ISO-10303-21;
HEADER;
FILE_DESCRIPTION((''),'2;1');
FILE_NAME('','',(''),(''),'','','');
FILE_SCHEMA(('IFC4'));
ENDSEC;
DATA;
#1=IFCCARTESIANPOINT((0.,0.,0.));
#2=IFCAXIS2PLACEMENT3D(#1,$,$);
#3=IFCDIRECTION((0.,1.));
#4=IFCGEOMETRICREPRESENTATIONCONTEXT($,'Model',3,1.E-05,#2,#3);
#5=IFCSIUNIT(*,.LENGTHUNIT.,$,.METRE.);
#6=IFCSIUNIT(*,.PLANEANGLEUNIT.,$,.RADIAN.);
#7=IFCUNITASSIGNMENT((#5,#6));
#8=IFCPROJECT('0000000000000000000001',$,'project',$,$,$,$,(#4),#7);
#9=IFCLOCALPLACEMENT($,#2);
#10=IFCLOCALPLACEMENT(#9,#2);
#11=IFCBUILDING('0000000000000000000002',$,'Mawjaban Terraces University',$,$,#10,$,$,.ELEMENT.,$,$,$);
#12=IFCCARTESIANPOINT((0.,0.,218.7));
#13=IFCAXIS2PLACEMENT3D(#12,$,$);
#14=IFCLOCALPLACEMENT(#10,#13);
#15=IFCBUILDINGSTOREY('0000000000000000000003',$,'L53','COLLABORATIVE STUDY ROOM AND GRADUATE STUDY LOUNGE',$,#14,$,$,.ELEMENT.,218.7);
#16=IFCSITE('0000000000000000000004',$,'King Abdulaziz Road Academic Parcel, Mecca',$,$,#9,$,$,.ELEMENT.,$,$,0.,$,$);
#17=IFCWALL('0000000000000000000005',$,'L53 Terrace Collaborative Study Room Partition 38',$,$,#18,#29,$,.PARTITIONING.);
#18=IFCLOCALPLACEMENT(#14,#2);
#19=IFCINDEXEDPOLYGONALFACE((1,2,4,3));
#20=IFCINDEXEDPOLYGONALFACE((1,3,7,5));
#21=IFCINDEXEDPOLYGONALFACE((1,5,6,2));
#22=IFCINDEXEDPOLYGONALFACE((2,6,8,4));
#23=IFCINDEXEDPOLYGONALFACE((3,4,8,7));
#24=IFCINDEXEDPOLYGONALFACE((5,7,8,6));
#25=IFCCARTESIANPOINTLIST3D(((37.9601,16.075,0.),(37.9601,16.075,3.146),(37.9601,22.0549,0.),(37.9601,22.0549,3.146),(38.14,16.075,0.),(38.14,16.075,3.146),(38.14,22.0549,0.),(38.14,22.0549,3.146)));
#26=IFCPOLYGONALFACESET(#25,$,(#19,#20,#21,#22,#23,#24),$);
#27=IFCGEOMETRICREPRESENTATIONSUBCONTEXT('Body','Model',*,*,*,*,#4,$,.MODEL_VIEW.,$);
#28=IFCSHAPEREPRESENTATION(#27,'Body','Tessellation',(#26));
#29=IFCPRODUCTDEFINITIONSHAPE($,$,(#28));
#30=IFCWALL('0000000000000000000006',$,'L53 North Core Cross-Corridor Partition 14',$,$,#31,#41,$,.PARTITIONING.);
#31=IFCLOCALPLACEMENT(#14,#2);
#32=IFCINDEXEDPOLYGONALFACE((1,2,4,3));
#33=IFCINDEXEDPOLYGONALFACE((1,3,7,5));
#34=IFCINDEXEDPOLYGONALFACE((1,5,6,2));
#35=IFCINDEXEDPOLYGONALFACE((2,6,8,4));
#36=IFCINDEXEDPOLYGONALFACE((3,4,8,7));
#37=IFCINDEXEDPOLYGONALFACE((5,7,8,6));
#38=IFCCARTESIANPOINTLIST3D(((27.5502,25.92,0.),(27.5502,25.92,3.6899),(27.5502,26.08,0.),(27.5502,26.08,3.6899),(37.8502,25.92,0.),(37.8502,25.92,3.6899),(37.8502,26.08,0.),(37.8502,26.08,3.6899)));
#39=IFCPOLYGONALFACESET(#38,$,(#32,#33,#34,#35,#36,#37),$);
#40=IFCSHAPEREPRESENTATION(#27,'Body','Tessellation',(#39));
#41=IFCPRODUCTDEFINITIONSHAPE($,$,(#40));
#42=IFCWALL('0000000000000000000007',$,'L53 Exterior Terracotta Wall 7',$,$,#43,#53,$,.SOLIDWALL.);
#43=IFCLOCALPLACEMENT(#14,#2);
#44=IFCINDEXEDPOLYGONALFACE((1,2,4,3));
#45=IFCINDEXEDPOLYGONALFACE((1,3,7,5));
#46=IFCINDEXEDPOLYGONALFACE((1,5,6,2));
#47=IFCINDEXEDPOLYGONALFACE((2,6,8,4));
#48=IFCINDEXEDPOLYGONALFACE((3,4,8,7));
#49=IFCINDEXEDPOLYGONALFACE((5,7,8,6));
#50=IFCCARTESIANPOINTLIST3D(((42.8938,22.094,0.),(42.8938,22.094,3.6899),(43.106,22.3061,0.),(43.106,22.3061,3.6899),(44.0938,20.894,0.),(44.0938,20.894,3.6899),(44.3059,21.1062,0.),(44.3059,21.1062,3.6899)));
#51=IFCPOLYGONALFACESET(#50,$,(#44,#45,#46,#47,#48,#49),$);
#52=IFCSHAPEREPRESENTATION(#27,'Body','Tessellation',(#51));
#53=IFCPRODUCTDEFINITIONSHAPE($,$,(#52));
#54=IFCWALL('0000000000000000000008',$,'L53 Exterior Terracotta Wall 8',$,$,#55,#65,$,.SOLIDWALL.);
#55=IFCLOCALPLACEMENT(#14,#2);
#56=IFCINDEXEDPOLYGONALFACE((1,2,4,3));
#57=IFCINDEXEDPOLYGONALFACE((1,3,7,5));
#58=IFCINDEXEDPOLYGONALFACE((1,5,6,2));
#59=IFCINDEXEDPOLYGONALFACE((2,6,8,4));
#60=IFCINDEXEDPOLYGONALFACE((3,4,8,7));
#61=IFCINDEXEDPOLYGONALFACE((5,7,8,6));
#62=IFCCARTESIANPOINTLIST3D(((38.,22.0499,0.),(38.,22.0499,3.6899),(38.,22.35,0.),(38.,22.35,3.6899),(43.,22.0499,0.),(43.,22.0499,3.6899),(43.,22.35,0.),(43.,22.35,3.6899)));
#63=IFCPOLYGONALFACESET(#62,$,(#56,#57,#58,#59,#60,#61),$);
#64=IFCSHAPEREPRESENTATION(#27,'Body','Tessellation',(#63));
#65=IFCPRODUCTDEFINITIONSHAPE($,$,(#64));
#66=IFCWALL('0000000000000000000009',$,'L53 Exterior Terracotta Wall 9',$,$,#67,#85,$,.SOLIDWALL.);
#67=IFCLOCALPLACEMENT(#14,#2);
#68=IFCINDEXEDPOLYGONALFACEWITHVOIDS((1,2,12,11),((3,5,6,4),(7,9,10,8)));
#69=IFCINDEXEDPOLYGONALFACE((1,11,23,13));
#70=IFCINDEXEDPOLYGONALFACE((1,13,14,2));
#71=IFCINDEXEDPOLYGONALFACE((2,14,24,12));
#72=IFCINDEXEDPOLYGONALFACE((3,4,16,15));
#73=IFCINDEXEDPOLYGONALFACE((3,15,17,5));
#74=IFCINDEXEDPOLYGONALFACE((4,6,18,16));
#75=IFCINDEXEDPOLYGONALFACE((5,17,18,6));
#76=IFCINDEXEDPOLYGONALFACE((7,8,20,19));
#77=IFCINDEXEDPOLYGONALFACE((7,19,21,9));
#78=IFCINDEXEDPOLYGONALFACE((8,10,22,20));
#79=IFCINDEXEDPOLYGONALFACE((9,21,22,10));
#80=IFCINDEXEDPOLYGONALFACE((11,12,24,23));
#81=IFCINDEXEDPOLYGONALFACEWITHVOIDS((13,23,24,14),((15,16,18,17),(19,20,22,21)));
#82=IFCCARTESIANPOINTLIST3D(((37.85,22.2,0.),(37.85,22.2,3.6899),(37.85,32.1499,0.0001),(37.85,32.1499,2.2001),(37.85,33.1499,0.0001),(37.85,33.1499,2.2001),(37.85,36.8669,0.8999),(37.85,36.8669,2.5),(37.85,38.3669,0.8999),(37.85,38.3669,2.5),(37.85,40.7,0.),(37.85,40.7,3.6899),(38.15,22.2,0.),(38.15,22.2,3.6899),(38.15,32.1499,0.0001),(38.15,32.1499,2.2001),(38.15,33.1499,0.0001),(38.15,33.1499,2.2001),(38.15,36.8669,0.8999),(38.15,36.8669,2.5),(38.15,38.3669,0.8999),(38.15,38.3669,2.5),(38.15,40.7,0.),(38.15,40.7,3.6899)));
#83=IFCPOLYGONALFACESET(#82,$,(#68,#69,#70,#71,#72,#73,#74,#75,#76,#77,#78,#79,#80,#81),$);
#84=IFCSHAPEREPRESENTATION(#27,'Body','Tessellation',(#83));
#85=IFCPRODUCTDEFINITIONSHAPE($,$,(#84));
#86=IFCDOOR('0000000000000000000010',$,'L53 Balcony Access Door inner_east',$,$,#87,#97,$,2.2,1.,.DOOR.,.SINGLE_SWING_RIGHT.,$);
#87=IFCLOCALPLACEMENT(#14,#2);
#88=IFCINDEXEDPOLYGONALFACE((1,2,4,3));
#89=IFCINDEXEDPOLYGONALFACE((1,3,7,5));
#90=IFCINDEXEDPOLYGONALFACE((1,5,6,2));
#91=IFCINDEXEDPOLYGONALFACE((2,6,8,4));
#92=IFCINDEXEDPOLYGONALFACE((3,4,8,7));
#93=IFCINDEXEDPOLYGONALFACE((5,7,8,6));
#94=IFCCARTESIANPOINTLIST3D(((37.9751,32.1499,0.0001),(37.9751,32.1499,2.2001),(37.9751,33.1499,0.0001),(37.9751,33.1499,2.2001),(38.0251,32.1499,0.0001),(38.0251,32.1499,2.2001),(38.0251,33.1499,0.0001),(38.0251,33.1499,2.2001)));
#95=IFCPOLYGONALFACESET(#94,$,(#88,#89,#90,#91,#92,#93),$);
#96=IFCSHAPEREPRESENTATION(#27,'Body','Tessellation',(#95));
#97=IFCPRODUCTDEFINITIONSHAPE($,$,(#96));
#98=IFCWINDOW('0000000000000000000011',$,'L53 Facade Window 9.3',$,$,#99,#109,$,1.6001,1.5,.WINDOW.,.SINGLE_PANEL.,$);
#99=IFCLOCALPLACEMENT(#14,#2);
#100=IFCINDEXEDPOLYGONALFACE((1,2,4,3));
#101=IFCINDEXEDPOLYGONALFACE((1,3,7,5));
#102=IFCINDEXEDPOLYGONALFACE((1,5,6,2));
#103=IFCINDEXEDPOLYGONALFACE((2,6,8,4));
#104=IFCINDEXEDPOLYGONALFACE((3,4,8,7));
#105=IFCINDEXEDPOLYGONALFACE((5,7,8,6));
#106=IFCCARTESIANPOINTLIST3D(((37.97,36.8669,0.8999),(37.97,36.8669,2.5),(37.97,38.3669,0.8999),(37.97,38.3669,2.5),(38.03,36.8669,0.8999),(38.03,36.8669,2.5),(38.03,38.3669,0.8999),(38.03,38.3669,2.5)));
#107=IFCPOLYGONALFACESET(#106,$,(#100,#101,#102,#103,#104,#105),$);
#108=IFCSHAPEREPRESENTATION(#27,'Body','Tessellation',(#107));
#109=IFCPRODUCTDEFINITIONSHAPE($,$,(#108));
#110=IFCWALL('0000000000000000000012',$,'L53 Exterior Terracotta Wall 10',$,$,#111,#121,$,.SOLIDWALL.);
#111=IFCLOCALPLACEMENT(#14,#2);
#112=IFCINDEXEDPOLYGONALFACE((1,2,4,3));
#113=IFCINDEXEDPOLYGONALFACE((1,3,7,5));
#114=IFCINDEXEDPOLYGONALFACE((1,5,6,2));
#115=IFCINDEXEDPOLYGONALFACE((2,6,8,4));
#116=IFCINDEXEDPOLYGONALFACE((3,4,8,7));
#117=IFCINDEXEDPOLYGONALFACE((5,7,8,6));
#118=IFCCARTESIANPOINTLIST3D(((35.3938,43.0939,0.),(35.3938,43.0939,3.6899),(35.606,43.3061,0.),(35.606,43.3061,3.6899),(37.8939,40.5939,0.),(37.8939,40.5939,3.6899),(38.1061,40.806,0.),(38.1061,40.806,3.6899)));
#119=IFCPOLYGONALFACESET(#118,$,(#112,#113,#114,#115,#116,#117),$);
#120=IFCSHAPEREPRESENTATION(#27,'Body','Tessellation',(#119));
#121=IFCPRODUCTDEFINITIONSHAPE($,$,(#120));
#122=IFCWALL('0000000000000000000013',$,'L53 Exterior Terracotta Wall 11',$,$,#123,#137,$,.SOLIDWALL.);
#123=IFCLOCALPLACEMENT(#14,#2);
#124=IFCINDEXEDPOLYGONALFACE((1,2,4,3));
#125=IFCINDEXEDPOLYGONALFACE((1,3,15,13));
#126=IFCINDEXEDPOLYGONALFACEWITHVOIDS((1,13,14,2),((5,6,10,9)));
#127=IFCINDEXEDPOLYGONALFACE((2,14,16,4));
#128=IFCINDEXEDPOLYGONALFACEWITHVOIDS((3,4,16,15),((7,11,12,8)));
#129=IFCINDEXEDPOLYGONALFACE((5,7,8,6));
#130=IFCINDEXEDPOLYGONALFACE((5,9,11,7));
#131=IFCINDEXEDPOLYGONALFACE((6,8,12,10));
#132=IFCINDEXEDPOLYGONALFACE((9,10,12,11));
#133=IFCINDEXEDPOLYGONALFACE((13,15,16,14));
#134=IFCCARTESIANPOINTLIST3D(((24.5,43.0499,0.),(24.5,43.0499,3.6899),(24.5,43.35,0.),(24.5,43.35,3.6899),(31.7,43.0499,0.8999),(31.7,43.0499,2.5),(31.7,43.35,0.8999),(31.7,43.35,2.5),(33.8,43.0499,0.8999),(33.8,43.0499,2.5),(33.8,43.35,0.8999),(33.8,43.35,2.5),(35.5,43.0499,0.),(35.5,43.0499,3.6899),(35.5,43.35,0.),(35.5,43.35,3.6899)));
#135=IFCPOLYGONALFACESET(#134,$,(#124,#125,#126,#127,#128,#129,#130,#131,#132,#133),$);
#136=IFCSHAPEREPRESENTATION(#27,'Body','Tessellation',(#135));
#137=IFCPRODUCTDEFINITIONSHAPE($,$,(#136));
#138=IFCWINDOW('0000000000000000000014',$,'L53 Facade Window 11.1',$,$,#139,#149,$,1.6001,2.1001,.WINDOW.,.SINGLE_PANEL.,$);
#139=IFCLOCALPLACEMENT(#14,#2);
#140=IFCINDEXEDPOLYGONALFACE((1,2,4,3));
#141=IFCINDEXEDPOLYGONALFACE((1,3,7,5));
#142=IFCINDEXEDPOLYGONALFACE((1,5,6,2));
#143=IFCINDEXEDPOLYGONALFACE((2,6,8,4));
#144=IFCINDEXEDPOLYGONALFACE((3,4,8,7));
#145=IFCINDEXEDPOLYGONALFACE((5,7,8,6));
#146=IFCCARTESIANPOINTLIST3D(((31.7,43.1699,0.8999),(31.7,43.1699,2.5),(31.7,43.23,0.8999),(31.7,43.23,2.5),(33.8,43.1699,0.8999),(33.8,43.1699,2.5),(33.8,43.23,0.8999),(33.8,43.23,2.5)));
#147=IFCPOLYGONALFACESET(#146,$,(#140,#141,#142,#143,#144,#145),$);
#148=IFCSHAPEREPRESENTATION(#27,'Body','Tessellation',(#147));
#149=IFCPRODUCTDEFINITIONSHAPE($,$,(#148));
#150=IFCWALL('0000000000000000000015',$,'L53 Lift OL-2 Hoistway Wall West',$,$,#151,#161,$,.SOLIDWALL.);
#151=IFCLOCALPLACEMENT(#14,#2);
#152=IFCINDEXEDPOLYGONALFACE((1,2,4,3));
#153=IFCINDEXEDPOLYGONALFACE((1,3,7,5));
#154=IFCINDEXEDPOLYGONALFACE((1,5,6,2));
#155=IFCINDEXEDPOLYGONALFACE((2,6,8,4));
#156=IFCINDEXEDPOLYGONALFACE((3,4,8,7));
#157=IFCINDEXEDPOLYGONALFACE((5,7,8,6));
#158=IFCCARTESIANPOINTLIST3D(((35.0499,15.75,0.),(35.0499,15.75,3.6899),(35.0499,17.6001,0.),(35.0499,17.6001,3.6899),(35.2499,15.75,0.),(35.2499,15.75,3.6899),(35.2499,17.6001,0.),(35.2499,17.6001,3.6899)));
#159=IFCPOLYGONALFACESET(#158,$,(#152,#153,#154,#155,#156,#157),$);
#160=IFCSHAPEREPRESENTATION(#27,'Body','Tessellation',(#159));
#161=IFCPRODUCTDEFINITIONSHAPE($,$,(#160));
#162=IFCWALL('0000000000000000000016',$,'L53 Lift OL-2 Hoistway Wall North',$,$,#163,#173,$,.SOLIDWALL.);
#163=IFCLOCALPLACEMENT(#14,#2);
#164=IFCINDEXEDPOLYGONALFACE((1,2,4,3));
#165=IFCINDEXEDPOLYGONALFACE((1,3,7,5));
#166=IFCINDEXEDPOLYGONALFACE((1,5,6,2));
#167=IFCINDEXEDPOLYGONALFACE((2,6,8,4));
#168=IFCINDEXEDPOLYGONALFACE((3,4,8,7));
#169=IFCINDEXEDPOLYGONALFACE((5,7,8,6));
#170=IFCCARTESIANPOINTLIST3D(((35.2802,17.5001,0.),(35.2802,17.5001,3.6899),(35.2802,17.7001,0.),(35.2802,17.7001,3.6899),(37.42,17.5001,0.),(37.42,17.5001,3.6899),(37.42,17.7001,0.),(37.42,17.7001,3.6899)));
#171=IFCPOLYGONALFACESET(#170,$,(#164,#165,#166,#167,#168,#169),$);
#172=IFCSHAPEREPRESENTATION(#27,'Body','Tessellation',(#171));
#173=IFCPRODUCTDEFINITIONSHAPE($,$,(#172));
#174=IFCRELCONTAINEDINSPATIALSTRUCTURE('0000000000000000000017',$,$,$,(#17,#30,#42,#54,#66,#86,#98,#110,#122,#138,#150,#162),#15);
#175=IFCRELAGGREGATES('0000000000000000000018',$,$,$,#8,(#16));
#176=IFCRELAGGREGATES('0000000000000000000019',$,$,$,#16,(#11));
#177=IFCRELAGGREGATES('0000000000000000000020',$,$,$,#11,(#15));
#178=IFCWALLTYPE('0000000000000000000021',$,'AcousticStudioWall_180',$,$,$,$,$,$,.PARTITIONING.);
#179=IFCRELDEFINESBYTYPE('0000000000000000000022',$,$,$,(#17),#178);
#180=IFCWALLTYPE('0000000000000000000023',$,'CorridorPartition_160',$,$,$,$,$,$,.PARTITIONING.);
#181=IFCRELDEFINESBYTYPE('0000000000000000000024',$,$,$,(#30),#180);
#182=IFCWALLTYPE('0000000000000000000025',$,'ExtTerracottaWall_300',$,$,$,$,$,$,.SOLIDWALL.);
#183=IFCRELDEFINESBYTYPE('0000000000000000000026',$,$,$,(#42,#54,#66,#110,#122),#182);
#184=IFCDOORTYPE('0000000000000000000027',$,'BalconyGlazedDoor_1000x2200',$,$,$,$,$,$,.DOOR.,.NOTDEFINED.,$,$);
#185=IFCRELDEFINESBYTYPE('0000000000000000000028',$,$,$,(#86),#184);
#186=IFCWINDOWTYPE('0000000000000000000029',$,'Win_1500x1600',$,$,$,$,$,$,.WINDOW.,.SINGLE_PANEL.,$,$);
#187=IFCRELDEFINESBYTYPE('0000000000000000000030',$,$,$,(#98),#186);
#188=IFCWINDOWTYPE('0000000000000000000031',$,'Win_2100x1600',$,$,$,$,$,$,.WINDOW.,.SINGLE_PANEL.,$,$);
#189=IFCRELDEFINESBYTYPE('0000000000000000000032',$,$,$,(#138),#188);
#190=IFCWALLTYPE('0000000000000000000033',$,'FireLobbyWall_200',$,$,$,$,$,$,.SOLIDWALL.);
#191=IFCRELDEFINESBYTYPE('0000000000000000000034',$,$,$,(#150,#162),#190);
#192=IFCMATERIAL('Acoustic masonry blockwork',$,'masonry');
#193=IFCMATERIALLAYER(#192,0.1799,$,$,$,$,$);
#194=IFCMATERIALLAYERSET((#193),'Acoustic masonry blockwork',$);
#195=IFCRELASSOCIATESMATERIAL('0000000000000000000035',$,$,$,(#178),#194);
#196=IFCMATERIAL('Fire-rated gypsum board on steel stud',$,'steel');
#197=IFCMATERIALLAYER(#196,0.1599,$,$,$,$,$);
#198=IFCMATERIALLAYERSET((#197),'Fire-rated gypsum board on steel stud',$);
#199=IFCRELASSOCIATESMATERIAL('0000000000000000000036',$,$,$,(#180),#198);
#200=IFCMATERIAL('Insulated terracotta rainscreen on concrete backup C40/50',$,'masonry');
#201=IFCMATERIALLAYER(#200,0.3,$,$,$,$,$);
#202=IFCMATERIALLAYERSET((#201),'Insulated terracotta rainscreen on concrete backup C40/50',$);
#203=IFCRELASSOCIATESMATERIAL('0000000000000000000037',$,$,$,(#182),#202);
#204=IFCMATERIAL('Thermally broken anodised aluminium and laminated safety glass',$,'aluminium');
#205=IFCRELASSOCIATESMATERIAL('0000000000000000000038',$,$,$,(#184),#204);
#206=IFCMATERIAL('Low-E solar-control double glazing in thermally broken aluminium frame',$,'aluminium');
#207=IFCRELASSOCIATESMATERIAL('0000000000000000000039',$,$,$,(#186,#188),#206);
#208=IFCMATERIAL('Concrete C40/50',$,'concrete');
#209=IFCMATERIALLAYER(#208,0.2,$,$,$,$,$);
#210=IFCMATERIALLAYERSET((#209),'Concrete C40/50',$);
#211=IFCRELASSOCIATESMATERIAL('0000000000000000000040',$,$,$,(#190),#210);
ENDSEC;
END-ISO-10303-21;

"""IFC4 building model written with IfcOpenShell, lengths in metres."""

from ifc_helpers import new_model, si_unit, direction, frame, frame_2d, origin, place, context, subcontext, project, spatial, rectangle, extrude, material, layer, layer_set, type_object, element, fill, save


model = new_model("IFC4")

# Units and contexts
model_context = context("Model", 3, precision=1e-05, world=origin(), true_north=direction((0.0, 1.0)))
body_context = subcontext(model_context, "Body", "Model", "MODEL_VIEW")
ifc_project = project(units=[si_unit("LENGTHUNIT", "METRE"), si_unit("PLANEANGLEUNIT", "RADIAN")], contexts=[model_context])

# Site, building, storey
site_placement = place(None, origin())
site = spatial("IfcSite", under=ifc_project, at=site_placement, Name="King Abdulaziz Road Academic Parcel, Mecca", CompositionType="ELEMENT", RefElevation=0.0)
building_placement = place(site_placement, origin())
building = spatial("IfcBuilding", under=site, at=building_placement, Name="Mawjaban Terraces University", CompositionType="ELEMENT")
storey_placement = place(building_placement, frame((0.0, 0.0, 218.7)))
storey = spatial("IfcBuildingStorey", under=building, at=storey_placement, Name="L53", Description="COLLABORATIVE STUDY ROOM AND GRADUATE STUDY LOUNGE", CompositionType="ELEMENT", Elevation=218.7)

# Walls
ifc_material_1 = material(Name="Acoustic masonry blockwork", Category="masonry")
ifc_layer_1 = layer(ifc_material_1, 0.1799)
ifc_layer_set_1 = layer_set([ifc_layer_1], Name="Acoustic masonry blockwork")
wall_type_1 = type_object("IfcWallType", Name="AcousticStudioWall_180", PredefinedType="PARTITIONING", material=ifc_layer_set_1)
wall_1_placement = place(storey_placement, frame((38.05, 22.0549, 0.0), z_axis=(0.0, 0.0, 1.0), x_axis=(0.0, -1.0, 0.0)))
element("IfcWall", 1, at=wall_1_placement, inside=storey, type_object=wall_type_1, Name="L53 Terrace Collaborative Study Room Partition 38", PredefinedType="PARTITIONING", context=body_context, shape_type="SweptSolid", body=[
    extrude(rectangle(XDim=5.98, YDim=0.1799, at=frame_2d((2.99, 0.0))), origin(), (0.0, 0.0, 1.0), 3.146),
])
ifc_material_2 = material(Name="Fire-rated gypsum board on steel stud", Category="steel")
ifc_layer_2 = layer(ifc_material_2, 0.1599)
ifc_layer_set_2 = layer_set([ifc_layer_2], Name="Fire-rated gypsum board on steel stud")
wall_type_2 = type_object("IfcWallType", Name="CorridorPartition_160", PredefinedType="PARTITIONING", material=ifc_layer_set_2)
wall_2_placement = place(storey_placement, frame((37.8501, 26.0, 0.0), z_axis=(0.0, 0.0, 1.0), x_axis=(-1.0, 0.0, 0.0)))
element("IfcWall", 2, at=wall_2_placement, inside=storey, type_object=wall_type_2, Name="L53 North Core Cross-Corridor Partition 14", PredefinedType="PARTITIONING", context=body_context, shape_type="SweptSolid", body=[
    extrude(rectangle(XDim=10.3, YDim=0.1599, at=frame_2d((5.1499, 0.0))), origin(), (0.0, 0.0, 1.0), 3.6899),
])
ifc_material_3 = material(Name="Insulated terracotta rainscreen on concrete backup C40/50", Category="masonry")
ifc_layer_3 = layer(ifc_material_3, 0.3)
ifc_layer_set_3 = layer_set([ifc_layer_3], Name="Insulated terracotta rainscreen on concrete backup C40/50")
wall_type_3 = type_object("IfcWallType", Name="ExtTerracottaWall_300", PredefinedType="SOLIDWALL", material=ifc_layer_set_3)
wall_3_placement = place(storey_placement, frame((44.2, 21.0, 0.0), z_axis=(0.0, 0.0, 1.0), x_axis=(-0.707107, 0.707107, 0.0)))
element("IfcWall", 3, at=wall_3_placement, inside=storey, type_object=wall_type_3, Name="L53 Exterior Terracotta Wall 7", PredefinedType="SOLIDWALL", context=body_context, shape_type="SweptSolid", body=[
    extrude(rectangle(XDim=1.697, YDim=0.3, at=frame_2d((0.8486, 0.0))), origin(), (0.0, 0.0, 1.0), 3.6899),
])
wall_4_placement = place(storey_placement, frame((43.0, 22.2, 0.0), z_axis=(0.0, 0.0, 1.0), x_axis=(-1.0, 0.0, 0.0)))
element("IfcWall", 4, at=wall_4_placement, inside=storey, type_object=wall_type_3, Name="L53 Exterior Terracotta Wall 8", PredefinedType="SOLIDWALL", context=body_context, shape_type="SweptSolid", body=[
    extrude(rectangle(XDim=5.0, YDim=0.3, at=frame_2d((2.5, 0.0))), origin(), (0.0, 0.0, 1.0), 3.6899),
])

# Wall, openings, door, window
wall_5_placement = place(storey_placement, frame((38.0, 22.2, 0.0), z_axis=(0.0, 0.0, 1.0), x_axis=(0.0, 1.0, 0.0)))
wall_5 = element("IfcWall", 5, at=wall_5_placement, inside=storey, type_object=wall_type_3, Name="L53 Exterior Terracotta Wall 9", PredefinedType="SOLIDWALL", context=body_context, shape_type="SweptSolid", body=[
    extrude(rectangle(XDim=18.5, YDim=0.3, at=frame_2d((9.25, 0.0))), origin(), (0.0, 0.0, 1.0), 3.6899),
])
opening_1_placement = place(wall_5_placement, frame((9.95, 0.0, 0.0)))
opening_1 = element("IfcOpeningElement", 6, at=opening_1_placement, cuts=wall_5, PredefinedType="OPENING", context=body_context, shape_type="SweptSolid", body=[
    extrude(rectangle(XDim=1.0, YDim=2.2, at=frame_2d((0.5, 1.1001))), frame((0.0, 0.1599, 0.0), z_axis=(0.0, -1.0, 0.0), x_axis=(1.0, 0.0, 0.0)), (0.0, 0.0, 1.0), 0.3201),
])
opening_2_placement = place(wall_5_placement, frame((14.667, 0.0, 0.8999)))
opening_2 = element("IfcOpeningElement", 7, at=opening_2_placement, cuts=wall_5, PredefinedType="OPENING", context=body_context, shape_type="SweptSolid", body=[
    extrude(rectangle(XDim=1.5, YDim=1.6001, at=frame_2d((0.75, 0.8))), frame((0.0, 0.1599, 0.0), z_axis=(0.0, -1.0, 0.0), x_axis=(1.0, 0.0, 0.0)), (0.0, 0.0, 1.0), 0.3201),
])
ifc_material_4 = material(Name="Thermally broken anodised aluminium and laminated safety glass", Category="aluminium")
door_type = type_object("IfcDoorType", Name="BalconyGlazedDoor_1000x2200", OperationType="NOTDEFINED", PredefinedType="DOOR", material=ifc_material_4)
door_placement = place(opening_1_placement, origin())
door = element("IfcDoor", 8, at=door_placement, inside=storey, type_object=door_type, Name="L53 Balcony Access Door inner_east", OperationType="SINGLE_SWING_RIGHT", OverallHeight=2.2, OverallWidth=1.0, PredefinedType="DOOR", context=body_context, shape_type="SweptSolid", body=[
    extrude(rectangle(XDim=1.0, YDim=2.2, at=frame_2d((0.5, 1.1001))), frame((0.0, 0.0249, 0.0), z_axis=(0.0, -1.0, 0.0), x_axis=(1.0, 0.0, 0.0)), (0.0, 0.0, 1.0), 0.05),
])
fill(opening_1, door)
ifc_material_5 = material(Name="Low-E solar-control double glazing in thermally broken aluminium frame", Category="aluminium")
window_type_1 = type_object("IfcWindowType", Name="Win_1500x1600", PartitioningType="SINGLE_PANEL", PredefinedType="WINDOW", material=ifc_material_5)
window_1_placement = place(opening_2_placement, origin())
window_1 = element("IfcWindow", 9, at=window_1_placement, inside=storey, type_object=window_type_1, Name="L53 Facade Window 9.3", OverallHeight=1.6001, OverallWidth=1.5, PartitioningType="SINGLE_PANEL", PredefinedType="WINDOW", context=body_context, shape_type="SweptSolid", body=[
    extrude(rectangle(XDim=1.5, YDim=1.6001, at=frame_2d((0.75, 0.8))), frame((0.0, 0.03, 0.0), z_axis=(0.0, -1.0, 0.0), x_axis=(1.0, 0.0, 0.0)), (0.0, 0.0, 1.0), 0.0601),
])
fill(opening_2, window_1)

# Wall
wall_6_placement = place(storey_placement, frame((38.0, 40.7, 0.0), z_axis=(0.0, 0.0, 1.0), x_axis=(-0.707107, 0.707107, 0.0)))
element("IfcWall", 10, at=wall_6_placement, inside=storey, type_object=wall_type_3, Name="L53 Exterior Terracotta Wall 10", PredefinedType="SOLIDWALL", context=body_context, shape_type="SweptSolid", body=[
    extrude(rectangle(XDim=3.5356, YDim=0.3, at=frame_2d((1.7678, 0.0))), origin(), (0.0, 0.0, 1.0), 3.6899),
])

# Wall, opening, window
wall_7_placement = place(storey_placement, frame((35.5, 43.2, 0.0), z_axis=(0.0, 0.0, 1.0), x_axis=(-1.0, 0.0, 0.0)))
wall_7 = element("IfcWall", 11, at=wall_7_placement, inside=storey, type_object=wall_type_3, Name="L53 Exterior Terracotta Wall 11", PredefinedType="SOLIDWALL", context=body_context, shape_type="SweptSolid", body=[
    extrude(rectangle(XDim=11.0, YDim=0.3, at=frame_2d((5.5, 0.0))), origin(), (0.0, 0.0, 1.0), 3.6899),
])
opening_3_placement = place(wall_7_placement, frame((1.7, 0.0, 0.8999)))
opening_3 = element("IfcOpeningElement", 12, at=opening_3_placement, cuts=wall_7, PredefinedType="OPENING", context=body_context, shape_type="SweptSolid", body=[
    extrude(rectangle(XDim=2.1001, YDim=1.6001, at=frame_2d((1.05, 0.8))), frame((0.0, 0.1599, 0.0), z_axis=(0.0, -1.0, 0.0), x_axis=(1.0, 0.0, 0.0)), (0.0, 0.0, 1.0), 0.3201),
])
window_type_2 = type_object("IfcWindowType", Name="Win_2100x1600", PartitioningType="SINGLE_PANEL", PredefinedType="WINDOW", material=ifc_material_5)
window_2_placement = place(opening_3_placement, origin())
window_2 = element("IfcWindow", 13, at=window_2_placement, inside=storey, type_object=window_type_2, Name="L53 Facade Window 11.1", OverallHeight=1.6001, OverallWidth=2.1001, PartitioningType="SINGLE_PANEL", PredefinedType="WINDOW", context=body_context, shape_type="SweptSolid", body=[
    extrude(rectangle(XDim=2.1001, YDim=1.6001, at=frame_2d((1.05, 0.8))), frame((0.0, 0.03, 0.0), z_axis=(0.0, -1.0, 0.0), x_axis=(1.0, 0.0, 0.0)), (0.0, 0.0, 1.0), 0.0601),
])
fill(opening_3, window_2)

# Walls
ifc_material_6 = material(Name="Concrete C40/50", Category="concrete")
ifc_layer_4 = layer(ifc_material_6, 0.2)
ifc_layer_set_4 = layer_set([ifc_layer_4], Name="Concrete C40/50")
wall_type_4 = type_object("IfcWallType", Name="FireLobbyWall_200", PredefinedType="SOLIDWALL", material=ifc_layer_set_4)
wall_8_placement = place(storey_placement, frame((35.1499, 17.6001, 0.0), z_axis=(0.0, 0.0, 1.0), x_axis=(0.0, -1.0, 0.0)))
element("IfcWall", 14, at=wall_8_placement, inside=storey, type_object=wall_type_4, Name="L53 Lift OL-2 Hoistway Wall West", PredefinedType="SOLIDWALL", context=body_context, shape_type="SweptSolid", body=[
    extrude(rectangle(XDim=1.8501, YDim=0.2, at=frame_2d((0.925, 0.0))), origin(), (0.0, 0.0, 1.0), 3.6899),
])
wall_9_placement = place(storey_placement, frame((37.4199, 17.6001, 0.0), z_axis=(0.0, 0.0, 1.0), x_axis=(-1.0, 0.0, 0.0)))
element("IfcWall", 15, at=wall_9_placement, inside=storey, type_object=wall_type_4, Name="L53 Lift OL-2 Hoistway Wall North", PredefinedType="SOLIDWALL", context=body_context, shape_type="SweptSolid", body=[
    extrude(rectangle(XDim=2.1399, YDim=0.2, at=frame_2d((1.0698, 0.0))), origin(), (0.0, 0.0, 1.0), 3.6899),
])

save(model, "model.ifc")
